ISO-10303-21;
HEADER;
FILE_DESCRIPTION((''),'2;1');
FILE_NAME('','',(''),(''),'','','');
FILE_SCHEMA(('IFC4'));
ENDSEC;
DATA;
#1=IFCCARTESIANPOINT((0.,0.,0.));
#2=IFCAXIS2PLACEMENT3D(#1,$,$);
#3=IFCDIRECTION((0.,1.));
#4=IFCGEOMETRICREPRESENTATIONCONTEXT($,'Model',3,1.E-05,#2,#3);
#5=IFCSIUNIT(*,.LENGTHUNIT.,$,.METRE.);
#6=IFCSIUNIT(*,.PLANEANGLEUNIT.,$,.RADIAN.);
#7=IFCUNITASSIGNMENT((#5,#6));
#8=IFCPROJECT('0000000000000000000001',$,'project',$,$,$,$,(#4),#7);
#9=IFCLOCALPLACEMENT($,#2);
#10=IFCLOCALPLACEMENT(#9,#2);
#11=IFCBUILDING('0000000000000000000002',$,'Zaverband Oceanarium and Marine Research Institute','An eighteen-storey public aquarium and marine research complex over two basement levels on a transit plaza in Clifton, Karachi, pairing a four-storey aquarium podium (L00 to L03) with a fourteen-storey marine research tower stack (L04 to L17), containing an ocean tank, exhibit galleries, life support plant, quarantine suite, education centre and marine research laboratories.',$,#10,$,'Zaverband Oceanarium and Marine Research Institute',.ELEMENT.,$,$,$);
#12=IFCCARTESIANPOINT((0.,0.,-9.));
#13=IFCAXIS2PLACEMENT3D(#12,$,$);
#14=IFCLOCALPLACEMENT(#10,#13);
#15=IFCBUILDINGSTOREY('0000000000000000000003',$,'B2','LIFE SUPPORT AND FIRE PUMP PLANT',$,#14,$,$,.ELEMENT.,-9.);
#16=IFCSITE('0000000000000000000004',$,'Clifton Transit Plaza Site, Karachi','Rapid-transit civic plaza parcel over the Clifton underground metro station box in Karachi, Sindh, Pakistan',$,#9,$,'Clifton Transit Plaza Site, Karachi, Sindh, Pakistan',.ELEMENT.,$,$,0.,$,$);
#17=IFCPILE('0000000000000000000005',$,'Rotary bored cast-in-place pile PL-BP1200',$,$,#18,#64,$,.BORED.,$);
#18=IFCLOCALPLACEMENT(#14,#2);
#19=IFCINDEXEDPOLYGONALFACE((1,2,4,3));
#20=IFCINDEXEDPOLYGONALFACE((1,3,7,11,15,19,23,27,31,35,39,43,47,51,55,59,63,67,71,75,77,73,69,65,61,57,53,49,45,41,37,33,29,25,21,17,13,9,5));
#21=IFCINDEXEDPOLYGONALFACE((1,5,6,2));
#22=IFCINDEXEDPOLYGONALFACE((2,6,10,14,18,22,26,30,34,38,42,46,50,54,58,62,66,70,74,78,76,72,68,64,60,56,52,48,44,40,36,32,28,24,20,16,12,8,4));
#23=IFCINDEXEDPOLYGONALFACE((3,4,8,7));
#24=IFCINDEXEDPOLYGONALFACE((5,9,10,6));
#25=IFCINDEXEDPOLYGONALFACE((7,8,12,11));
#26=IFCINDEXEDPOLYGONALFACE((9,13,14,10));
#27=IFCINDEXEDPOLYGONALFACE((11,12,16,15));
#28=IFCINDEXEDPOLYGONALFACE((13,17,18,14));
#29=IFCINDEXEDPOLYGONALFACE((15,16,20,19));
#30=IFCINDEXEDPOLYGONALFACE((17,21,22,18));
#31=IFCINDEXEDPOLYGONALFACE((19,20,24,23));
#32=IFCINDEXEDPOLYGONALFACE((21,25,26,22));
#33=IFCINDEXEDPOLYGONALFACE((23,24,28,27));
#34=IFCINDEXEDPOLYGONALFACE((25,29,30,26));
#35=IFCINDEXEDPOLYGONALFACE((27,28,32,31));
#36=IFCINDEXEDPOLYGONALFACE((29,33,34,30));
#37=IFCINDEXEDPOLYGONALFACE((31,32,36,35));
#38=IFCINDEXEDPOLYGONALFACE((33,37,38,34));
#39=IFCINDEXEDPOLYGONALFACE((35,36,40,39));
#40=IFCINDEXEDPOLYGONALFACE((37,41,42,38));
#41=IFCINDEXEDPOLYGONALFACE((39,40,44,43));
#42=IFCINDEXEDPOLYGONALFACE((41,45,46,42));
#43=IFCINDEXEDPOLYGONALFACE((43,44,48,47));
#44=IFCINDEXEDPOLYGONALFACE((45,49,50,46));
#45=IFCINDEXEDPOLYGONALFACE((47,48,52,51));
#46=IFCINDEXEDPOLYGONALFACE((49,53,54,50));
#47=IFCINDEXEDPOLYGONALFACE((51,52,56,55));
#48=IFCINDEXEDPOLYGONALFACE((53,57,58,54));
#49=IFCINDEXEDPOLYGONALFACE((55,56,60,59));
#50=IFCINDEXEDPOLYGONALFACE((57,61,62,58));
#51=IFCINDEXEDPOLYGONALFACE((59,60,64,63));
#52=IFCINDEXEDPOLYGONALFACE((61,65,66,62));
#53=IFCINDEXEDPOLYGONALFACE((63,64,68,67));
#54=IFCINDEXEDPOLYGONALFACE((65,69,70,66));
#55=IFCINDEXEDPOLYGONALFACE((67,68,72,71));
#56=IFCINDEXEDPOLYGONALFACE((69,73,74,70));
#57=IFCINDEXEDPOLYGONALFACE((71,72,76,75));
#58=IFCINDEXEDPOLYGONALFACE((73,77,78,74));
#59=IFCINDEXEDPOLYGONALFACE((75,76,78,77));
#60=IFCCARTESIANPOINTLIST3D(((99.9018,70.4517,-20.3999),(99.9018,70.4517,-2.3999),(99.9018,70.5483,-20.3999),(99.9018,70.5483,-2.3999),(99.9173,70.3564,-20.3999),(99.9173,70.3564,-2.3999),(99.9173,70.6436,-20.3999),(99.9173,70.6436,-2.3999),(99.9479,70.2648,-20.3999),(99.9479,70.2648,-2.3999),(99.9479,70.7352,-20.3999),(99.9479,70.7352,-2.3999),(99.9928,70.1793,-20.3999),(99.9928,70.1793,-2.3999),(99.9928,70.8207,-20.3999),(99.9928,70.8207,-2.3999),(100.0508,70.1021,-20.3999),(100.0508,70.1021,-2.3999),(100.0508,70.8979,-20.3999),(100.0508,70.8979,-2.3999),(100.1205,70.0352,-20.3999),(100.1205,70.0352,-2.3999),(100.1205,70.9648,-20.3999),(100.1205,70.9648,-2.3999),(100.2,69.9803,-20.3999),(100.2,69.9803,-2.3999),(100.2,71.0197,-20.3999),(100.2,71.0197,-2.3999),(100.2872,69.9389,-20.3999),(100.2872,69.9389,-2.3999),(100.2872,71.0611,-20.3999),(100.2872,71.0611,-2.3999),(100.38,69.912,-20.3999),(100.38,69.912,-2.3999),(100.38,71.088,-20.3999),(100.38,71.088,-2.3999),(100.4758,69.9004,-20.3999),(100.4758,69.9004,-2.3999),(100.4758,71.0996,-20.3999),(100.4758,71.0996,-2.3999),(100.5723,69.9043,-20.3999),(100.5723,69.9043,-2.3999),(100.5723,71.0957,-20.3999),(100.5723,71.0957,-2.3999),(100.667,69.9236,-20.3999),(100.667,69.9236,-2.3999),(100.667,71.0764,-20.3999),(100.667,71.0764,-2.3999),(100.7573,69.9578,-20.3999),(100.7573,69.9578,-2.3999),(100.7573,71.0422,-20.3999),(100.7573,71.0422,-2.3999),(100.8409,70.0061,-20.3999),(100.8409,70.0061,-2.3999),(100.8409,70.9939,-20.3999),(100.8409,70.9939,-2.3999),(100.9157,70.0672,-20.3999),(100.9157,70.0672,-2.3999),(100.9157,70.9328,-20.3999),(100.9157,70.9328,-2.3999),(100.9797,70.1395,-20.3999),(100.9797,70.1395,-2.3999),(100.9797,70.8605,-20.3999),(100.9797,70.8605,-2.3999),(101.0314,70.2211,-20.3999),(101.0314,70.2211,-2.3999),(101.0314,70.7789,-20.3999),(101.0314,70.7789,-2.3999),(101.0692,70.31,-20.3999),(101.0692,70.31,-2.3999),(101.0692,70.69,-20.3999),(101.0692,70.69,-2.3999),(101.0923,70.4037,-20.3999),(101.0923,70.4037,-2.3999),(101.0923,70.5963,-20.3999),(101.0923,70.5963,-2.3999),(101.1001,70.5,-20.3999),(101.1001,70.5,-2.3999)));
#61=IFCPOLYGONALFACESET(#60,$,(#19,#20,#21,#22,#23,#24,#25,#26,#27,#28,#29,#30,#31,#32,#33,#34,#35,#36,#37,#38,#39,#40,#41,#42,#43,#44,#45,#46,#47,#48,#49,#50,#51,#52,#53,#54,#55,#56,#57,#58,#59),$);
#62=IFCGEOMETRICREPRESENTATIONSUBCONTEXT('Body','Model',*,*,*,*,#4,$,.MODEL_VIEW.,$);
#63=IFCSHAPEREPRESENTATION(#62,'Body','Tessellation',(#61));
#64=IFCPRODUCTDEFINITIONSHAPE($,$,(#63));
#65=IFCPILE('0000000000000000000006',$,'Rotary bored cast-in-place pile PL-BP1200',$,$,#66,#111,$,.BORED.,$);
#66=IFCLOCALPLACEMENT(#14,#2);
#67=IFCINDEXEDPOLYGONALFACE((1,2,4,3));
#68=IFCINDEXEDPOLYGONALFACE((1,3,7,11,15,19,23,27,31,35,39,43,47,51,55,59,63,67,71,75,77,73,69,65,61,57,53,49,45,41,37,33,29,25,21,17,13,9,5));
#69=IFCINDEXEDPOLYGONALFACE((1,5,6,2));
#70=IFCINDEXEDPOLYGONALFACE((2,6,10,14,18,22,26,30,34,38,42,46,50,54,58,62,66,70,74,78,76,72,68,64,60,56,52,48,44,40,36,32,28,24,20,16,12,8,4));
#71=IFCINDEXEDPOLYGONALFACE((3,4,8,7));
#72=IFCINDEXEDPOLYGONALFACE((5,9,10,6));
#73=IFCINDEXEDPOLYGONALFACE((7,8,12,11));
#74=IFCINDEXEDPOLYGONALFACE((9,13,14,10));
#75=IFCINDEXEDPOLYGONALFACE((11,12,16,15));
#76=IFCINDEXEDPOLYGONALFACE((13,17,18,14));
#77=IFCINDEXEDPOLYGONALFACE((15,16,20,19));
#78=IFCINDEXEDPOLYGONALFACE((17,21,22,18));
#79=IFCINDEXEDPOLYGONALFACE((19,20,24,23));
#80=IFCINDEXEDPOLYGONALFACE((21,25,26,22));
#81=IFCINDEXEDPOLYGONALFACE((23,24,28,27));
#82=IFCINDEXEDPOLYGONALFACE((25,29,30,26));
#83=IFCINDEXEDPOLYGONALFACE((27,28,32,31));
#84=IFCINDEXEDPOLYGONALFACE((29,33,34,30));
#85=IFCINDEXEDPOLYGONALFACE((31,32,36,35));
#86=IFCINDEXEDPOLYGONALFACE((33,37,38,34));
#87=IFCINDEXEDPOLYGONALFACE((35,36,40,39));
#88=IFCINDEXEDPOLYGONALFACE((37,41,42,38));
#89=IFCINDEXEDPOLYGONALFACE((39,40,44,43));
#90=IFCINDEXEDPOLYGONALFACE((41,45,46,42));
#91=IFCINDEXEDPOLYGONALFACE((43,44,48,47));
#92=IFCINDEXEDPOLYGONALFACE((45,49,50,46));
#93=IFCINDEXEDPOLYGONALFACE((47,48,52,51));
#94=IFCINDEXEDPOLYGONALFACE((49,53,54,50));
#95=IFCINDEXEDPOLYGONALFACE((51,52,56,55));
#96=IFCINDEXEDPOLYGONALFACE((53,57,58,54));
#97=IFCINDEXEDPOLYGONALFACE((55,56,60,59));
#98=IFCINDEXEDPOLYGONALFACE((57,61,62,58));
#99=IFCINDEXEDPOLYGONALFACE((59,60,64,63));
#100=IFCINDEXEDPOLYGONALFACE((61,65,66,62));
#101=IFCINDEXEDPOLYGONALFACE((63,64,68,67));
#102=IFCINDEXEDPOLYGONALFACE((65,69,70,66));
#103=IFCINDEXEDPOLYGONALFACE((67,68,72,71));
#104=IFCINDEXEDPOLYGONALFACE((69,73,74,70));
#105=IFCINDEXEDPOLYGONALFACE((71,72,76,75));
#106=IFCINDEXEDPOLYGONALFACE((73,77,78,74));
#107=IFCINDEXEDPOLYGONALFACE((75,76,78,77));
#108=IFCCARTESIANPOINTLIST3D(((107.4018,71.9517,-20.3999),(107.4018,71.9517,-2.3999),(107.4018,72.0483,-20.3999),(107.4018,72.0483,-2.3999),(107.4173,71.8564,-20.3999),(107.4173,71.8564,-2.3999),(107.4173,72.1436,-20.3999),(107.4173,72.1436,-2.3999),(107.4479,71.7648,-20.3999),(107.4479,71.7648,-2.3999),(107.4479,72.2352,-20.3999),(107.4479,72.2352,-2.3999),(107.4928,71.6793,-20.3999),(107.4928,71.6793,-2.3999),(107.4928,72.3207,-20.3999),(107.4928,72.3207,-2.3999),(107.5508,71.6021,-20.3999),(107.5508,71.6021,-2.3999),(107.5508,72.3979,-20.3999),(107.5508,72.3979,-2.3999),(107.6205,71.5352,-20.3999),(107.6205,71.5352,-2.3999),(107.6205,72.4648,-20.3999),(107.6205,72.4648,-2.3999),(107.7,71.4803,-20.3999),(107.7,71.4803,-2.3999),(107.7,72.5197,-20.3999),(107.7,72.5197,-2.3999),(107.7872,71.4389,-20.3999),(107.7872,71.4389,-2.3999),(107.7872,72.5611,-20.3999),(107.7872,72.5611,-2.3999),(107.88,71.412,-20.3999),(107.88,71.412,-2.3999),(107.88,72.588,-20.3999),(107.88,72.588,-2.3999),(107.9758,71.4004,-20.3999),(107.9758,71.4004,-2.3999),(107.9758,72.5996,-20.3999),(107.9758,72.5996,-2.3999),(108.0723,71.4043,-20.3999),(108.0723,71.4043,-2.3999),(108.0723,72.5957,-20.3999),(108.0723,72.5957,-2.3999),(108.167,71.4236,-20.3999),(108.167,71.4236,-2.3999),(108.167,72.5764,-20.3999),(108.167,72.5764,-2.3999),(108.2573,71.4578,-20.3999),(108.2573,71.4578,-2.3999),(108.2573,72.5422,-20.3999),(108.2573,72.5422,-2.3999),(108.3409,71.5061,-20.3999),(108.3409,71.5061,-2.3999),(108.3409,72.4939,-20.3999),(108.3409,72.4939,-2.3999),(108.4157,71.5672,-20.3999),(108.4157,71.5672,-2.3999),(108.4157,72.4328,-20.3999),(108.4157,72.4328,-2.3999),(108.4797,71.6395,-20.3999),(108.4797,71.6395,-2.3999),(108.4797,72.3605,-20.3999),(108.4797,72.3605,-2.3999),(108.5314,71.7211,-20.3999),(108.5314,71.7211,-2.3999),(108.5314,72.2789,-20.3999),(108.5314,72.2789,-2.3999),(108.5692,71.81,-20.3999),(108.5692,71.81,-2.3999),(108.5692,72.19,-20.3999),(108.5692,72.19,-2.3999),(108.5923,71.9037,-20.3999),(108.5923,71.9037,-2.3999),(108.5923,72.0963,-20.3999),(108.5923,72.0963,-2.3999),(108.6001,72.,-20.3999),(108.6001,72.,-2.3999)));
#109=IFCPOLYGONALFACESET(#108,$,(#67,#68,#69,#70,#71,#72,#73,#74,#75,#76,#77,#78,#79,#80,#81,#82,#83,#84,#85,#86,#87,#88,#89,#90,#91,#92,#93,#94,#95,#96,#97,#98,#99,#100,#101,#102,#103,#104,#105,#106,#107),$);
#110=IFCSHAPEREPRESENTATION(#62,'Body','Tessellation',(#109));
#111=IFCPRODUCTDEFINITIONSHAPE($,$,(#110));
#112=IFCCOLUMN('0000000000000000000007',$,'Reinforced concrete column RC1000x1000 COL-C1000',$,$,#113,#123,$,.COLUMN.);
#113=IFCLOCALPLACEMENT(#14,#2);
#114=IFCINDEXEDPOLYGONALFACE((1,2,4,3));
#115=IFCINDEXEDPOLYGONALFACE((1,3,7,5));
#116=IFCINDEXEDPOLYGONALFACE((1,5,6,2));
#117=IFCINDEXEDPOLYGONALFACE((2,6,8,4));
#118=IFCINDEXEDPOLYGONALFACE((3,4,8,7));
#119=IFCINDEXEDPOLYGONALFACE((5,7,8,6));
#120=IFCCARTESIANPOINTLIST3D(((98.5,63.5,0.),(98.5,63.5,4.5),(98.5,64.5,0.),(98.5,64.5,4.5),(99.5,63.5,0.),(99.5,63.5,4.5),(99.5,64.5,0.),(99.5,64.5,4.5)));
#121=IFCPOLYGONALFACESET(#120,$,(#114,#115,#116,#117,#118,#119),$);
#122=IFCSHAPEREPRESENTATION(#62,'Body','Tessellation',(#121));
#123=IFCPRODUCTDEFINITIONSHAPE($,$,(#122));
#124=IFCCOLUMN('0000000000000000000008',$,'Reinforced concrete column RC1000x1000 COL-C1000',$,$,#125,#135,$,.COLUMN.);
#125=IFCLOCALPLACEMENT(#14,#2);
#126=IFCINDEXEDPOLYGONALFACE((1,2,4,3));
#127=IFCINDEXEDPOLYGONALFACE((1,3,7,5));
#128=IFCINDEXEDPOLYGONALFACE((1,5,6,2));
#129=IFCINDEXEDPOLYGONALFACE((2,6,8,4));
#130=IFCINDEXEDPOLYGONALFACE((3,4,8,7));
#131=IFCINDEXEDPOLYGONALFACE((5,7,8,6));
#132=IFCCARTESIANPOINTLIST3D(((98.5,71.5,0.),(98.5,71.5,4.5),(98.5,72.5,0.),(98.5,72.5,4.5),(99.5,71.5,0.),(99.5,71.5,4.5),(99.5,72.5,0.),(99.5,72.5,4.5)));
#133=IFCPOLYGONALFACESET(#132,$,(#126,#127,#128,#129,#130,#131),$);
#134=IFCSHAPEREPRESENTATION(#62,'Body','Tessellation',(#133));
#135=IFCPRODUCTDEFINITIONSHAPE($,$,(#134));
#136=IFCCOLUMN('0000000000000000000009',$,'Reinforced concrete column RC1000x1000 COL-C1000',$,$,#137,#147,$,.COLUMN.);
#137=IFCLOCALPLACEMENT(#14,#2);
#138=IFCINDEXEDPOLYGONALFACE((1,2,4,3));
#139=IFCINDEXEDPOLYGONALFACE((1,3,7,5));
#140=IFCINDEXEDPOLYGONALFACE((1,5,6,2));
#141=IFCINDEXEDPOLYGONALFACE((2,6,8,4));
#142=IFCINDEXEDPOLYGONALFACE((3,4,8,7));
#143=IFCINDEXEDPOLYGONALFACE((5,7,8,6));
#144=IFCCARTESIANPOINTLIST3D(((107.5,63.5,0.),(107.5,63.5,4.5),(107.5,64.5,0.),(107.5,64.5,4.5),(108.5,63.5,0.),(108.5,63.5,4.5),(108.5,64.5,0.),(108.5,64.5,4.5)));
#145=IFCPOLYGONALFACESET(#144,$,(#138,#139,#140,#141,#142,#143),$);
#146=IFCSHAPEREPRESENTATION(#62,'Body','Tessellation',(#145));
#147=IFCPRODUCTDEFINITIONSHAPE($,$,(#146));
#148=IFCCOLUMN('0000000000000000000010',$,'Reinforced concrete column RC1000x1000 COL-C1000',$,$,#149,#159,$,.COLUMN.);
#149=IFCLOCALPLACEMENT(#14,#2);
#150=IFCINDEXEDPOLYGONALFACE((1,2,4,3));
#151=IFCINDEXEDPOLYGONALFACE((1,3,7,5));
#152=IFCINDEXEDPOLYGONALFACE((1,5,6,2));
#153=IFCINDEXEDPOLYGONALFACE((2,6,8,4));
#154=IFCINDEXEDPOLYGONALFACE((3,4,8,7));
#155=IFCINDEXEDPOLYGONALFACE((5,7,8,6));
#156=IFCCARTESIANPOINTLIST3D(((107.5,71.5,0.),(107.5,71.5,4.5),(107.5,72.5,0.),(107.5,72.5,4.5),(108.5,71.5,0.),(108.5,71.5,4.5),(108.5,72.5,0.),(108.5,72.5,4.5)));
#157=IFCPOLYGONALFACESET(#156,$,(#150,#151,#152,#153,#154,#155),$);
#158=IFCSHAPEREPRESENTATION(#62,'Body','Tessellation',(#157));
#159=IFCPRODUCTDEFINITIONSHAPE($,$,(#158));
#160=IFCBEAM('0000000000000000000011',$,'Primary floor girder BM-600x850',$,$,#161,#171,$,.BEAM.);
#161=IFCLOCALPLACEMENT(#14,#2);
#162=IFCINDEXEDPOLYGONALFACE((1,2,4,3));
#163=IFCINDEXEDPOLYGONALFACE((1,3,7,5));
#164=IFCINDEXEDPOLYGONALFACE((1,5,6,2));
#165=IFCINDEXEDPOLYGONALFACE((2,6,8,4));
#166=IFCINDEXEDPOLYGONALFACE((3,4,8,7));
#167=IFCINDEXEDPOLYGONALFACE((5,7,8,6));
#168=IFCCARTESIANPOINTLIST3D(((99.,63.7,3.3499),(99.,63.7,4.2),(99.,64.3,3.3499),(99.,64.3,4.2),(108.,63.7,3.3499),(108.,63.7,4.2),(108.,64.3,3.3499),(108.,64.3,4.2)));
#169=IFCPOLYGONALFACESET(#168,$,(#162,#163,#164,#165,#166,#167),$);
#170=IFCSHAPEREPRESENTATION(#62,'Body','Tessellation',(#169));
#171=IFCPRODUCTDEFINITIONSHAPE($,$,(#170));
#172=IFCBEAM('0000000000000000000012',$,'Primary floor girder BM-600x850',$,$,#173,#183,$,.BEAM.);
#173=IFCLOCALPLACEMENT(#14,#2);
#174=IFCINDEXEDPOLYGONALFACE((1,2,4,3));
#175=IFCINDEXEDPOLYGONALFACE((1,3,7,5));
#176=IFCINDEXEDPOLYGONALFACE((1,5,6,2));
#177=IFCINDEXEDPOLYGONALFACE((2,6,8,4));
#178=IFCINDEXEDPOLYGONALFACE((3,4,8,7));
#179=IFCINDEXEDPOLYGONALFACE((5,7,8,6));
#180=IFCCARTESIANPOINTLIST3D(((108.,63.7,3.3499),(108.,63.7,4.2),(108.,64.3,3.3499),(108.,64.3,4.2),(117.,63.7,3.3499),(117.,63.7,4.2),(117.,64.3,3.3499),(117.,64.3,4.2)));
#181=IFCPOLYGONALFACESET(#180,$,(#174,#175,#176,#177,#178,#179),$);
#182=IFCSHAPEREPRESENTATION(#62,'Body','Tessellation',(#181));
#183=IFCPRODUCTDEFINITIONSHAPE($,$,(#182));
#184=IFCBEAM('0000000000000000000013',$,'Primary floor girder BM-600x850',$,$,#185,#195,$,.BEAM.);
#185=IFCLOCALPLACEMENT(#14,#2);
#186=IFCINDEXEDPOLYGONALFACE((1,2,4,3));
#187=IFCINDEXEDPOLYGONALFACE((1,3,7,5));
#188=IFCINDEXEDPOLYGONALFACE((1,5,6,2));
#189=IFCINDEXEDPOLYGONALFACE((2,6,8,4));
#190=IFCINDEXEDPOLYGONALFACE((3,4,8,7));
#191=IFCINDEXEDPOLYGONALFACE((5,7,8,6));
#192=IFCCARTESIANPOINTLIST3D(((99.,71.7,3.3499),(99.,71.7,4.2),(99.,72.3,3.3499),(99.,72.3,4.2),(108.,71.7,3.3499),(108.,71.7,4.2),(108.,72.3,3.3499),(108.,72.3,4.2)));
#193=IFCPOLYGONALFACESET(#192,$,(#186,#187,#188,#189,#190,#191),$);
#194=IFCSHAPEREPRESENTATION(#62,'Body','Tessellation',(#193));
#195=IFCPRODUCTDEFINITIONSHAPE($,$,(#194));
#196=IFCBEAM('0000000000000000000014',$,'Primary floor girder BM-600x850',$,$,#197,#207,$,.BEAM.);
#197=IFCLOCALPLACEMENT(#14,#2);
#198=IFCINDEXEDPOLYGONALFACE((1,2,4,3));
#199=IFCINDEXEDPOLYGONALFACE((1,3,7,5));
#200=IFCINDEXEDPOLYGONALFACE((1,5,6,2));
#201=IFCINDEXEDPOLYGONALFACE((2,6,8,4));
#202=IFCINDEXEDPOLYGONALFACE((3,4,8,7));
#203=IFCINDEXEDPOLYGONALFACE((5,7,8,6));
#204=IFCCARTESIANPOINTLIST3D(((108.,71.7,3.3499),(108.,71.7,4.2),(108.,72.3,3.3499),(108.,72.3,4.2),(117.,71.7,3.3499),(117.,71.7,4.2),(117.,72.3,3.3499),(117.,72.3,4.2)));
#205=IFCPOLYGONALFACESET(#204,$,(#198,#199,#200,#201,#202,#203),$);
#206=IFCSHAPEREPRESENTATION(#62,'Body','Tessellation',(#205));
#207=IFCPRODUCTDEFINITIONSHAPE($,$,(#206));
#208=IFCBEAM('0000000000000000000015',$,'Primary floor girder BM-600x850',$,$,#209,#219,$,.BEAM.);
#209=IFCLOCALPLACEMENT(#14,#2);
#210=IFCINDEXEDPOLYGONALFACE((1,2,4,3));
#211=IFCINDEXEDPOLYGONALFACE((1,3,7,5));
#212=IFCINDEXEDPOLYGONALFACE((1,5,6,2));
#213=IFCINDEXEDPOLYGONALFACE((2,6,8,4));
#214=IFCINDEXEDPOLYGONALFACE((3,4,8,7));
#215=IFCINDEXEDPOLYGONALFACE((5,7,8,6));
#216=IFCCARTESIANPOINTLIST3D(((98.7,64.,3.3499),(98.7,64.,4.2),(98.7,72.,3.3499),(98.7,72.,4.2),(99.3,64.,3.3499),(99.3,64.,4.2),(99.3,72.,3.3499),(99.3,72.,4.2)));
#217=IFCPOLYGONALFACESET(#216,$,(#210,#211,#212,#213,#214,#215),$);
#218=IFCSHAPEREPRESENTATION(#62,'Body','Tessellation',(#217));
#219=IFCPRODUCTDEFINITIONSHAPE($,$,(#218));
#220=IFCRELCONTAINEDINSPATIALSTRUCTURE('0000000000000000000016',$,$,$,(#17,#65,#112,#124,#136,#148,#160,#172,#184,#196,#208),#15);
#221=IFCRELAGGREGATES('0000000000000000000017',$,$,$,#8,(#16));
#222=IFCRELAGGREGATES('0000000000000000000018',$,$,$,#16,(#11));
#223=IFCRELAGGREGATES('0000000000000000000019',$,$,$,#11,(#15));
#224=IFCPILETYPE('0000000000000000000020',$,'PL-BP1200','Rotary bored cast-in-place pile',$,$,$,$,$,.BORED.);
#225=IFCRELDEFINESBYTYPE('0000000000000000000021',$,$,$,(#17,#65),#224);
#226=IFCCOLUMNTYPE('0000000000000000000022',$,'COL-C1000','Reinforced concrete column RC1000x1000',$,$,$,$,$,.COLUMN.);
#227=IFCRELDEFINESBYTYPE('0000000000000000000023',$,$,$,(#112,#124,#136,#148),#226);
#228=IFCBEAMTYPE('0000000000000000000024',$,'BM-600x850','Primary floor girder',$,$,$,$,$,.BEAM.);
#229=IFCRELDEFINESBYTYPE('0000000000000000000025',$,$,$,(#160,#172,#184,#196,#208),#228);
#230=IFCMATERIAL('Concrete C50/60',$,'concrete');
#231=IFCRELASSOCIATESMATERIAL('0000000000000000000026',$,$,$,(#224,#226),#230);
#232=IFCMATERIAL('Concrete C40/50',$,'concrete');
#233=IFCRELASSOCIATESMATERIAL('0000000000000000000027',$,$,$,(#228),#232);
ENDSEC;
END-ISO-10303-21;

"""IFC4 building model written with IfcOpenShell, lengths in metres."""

from ifc_helpers import new_model, si_unit, direction, frame, origin, origin_2d, place, context, subcontext, project, spatial, rectangle, circle, extrude, material, material_profile, profile_set, type_object, element, save


model = new_model("IFC4")

# Units and contexts
model_context = context("Model", 3, precision=1e-05, world=origin(), true_north=direction((0.0, 1.0)))
body_context = subcontext(model_context, "Body", "Model", "MODEL_VIEW")
ifc_project = project(units=[si_unit("LENGTHUNIT", "METRE"), si_unit("PLANEANGLEUNIT", "RADIAN")], contexts=[model_context])

# Site, building, storey
site_placement = place(None, origin())
site = spatial("IfcSite", under=ifc_project, at=site_placement, Name="Clifton Transit Plaza Site, Karachi", Description="Rapid-transit civic plaza parcel over the Clifton underground metro station box in Karachi, Sindh, Pakistan", LongName="Clifton Transit Plaza Site, Karachi, Sindh, Pakistan", CompositionType="ELEMENT", RefElevation=0.0)
building_placement = place(site_placement, origin())
building = spatial("IfcBuilding", under=site, at=building_placement, Name="Zaverband Oceanarium and Marine Research Institute", Description="An eighteen-storey public aquarium and marine research complex over two basement levels on a transit plaza in Clifton, Karachi, pairing a four-storey aquarium podium (L00 to L03) with a fourteen-storey marine research tower stack (L04 to L17), containing an ocean tank, exhibit galleries, life support plant, quarantine suite, education centre and marine research laboratories.", LongName="Zaverband Oceanarium and Marine Research Institute", CompositionType="ELEMENT")
storey_placement = place(building_placement, frame((0.0, 0.0, -9.0)))
storey = spatial("IfcBuildingStorey", under=building, at=storey_placement, Name="B2", Description="LIFE SUPPORT AND FIRE PUMP PLANT", CompositionType="ELEMENT", Elevation=-9.0)

# Shared definitions
ifc_material_1 = material(Name="Concrete C50/60", Category="concrete")

# Piles
ifc_material_profile_1 = material_profile(ifc_material_1, circle(Radius=0.6001, at=origin_2d()), Name="BP1200")
ifc_profile_set_1 = profile_set([ifc_material_profile_1], Name="Concrete C50/60")
pile_type_1 = type_object("IfcPileType", Name="PL-BP1200", Description="Rotary bored cast-in-place pile", PredefinedType="BORED", material=ifc_profile_set_1)
for number, where, z_axis, x_axis, name in (
    (1, (100.5, 70.5, -2.3999), (0.0, 0.0, -1.0), (1.0, 0.0, 0.0), "Rotary bored cast-in-place pile PL-BP1200"),
    (2, (108.0, 72.0, -2.3999), (0.0, 0.0, -1.0), (1.0, 0.0, 0.0), "Rotary bored cast-in-place pile PL-BP1200"),
):
    element("IfcPile", number, at=place(storey_placement, frame(where, z_axis=z_axis, x_axis=x_axis)), inside=storey, type_object=pile_type_1, Name=name, PredefinedType="BORED", context=body_context, shape_type="SweptSolid", body=[
        extrude(circle(Radius=0.6001, at=origin_2d()), origin(), (0.0, 0.0, 1.0), 18.0),
    ])

# Columns
ifc_material_profile_2 = material_profile(ifc_material_1, rectangle(XDim=1.0, YDim=1.0, at=origin_2d()), Name="RC1000x1000")
ifc_profile_set_2 = profile_set([ifc_material_profile_2], Name="Concrete C50/60")
column_type = type_object("IfcColumnType", Name="COL-C1000", Description="Reinforced concrete column RC1000x1000", PredefinedType="COLUMN", material=ifc_profile_set_2)
for number, where, z_axis, x_axis, name in (
    (3, (99.0, 64.0, 0.0), (0.0, 0.0, 1.0), (1.0, 0.0, 0.0), "Reinforced concrete column RC1000x1000 COL-C1000"),
    (4, (99.0, 72.0, 0.0), (0.0, 0.0, 1.0), (1.0, 0.0, 0.0), "Reinforced concrete column RC1000x1000 COL-C1000"),
    (5, (108.0, 64.0, 0.0), (0.0, 0.0, 1.0), (1.0, 0.0, 0.0), "Reinforced concrete column RC1000x1000 COL-C1000"),
    (6, (108.0, 72.0, 0.0), (0.0, 0.0, 1.0), (1.0, 0.0, 0.0), "Reinforced concrete column RC1000x1000 COL-C1000"),
):
    element("IfcColumn", number, at=place(storey_placement, frame(where, z_axis=z_axis, x_axis=x_axis)), inside=storey, type_object=column_type, Name=name, PredefinedType="COLUMN", context=body_context, shape_type="SweptSolid", body=[
        extrude(rectangle(XDim=1.0, YDim=1.0, at=origin_2d()), origin(), (0.0, 0.0, 1.0), 4.5),
    ])

# Beams
ifc_material_2 = material(Name="Concrete C40/50", Category="concrete")
ifc_material_profile_3 = material_profile(ifc_material_2, rectangle(XDim=0.6001, YDim=0.8501, at=origin_2d()), Name="RC600x850")
ifc_profile_set_3 = profile_set([ifc_material_profile_3], Name="Concrete C40/50")
beam_type_1 = type_object("IfcBeamType", Name="BM-600x850", Description="Primary floor girder", PredefinedType="BEAM", material=ifc_profile_set_3)
for number, where, z_axis, x_axis, name in (
    (7, (99.0, 64.0, 3.7749), (1.0, 0.0, 0.0), (0.0, 1.0, 0.0), "Primary floor girder BM-600x850"),
    (8, (108.0, 64.0, 3.7749), (1.0, 0.0, 0.0), (0.0, 1.0, 0.0), "Primary floor girder BM-600x850"),
    (9, (99.0, 72.0, 3.7749), (1.0, 0.0, 0.0), (0.0, 1.0, 0.0), "Primary floor girder BM-600x850"),
    (10, (108.0, 72.0, 3.7749), (1.0, 0.0, 0.0), (0.0, 1.0, 0.0), "Primary floor girder BM-600x850"),
):
    element("IfcBeam", number, at=place(storey_placement, frame(where, z_axis=z_axis, x_axis=x_axis)), inside=storey, type_object=beam_type_1, Name=name, PredefinedType="BEAM", context=body_context, shape_type="SweptSolid", body=[
        extrude(rectangle(XDim=0.6001, YDim=0.8501, at=origin_2d()), origin(), (0.0, 0.0, 1.0), 9.0),
    ])
for number, where, z_axis, x_axis, name in (
    (11, (99.0, 64.0, 3.7749), (0.0, 1.0, 0.0), (-1.0, 0.0, 0.0), "Primary floor girder BM-600x850"),
):
    element("IfcBeam", number, at=place(storey_placement, frame(where, z_axis=z_axis, x_axis=x_axis)), inside=storey, type_object=beam_type_1, Name=name, PredefinedType="BEAM", context=body_context, shape_type="SweptSolid", body=[
        extrude(rectangle(XDim=0.6001, YDim=0.8501, at=origin_2d()), origin(), (0.0, 0.0, 1.0), 8.0),
    ])

save(model, "model.ifc")
